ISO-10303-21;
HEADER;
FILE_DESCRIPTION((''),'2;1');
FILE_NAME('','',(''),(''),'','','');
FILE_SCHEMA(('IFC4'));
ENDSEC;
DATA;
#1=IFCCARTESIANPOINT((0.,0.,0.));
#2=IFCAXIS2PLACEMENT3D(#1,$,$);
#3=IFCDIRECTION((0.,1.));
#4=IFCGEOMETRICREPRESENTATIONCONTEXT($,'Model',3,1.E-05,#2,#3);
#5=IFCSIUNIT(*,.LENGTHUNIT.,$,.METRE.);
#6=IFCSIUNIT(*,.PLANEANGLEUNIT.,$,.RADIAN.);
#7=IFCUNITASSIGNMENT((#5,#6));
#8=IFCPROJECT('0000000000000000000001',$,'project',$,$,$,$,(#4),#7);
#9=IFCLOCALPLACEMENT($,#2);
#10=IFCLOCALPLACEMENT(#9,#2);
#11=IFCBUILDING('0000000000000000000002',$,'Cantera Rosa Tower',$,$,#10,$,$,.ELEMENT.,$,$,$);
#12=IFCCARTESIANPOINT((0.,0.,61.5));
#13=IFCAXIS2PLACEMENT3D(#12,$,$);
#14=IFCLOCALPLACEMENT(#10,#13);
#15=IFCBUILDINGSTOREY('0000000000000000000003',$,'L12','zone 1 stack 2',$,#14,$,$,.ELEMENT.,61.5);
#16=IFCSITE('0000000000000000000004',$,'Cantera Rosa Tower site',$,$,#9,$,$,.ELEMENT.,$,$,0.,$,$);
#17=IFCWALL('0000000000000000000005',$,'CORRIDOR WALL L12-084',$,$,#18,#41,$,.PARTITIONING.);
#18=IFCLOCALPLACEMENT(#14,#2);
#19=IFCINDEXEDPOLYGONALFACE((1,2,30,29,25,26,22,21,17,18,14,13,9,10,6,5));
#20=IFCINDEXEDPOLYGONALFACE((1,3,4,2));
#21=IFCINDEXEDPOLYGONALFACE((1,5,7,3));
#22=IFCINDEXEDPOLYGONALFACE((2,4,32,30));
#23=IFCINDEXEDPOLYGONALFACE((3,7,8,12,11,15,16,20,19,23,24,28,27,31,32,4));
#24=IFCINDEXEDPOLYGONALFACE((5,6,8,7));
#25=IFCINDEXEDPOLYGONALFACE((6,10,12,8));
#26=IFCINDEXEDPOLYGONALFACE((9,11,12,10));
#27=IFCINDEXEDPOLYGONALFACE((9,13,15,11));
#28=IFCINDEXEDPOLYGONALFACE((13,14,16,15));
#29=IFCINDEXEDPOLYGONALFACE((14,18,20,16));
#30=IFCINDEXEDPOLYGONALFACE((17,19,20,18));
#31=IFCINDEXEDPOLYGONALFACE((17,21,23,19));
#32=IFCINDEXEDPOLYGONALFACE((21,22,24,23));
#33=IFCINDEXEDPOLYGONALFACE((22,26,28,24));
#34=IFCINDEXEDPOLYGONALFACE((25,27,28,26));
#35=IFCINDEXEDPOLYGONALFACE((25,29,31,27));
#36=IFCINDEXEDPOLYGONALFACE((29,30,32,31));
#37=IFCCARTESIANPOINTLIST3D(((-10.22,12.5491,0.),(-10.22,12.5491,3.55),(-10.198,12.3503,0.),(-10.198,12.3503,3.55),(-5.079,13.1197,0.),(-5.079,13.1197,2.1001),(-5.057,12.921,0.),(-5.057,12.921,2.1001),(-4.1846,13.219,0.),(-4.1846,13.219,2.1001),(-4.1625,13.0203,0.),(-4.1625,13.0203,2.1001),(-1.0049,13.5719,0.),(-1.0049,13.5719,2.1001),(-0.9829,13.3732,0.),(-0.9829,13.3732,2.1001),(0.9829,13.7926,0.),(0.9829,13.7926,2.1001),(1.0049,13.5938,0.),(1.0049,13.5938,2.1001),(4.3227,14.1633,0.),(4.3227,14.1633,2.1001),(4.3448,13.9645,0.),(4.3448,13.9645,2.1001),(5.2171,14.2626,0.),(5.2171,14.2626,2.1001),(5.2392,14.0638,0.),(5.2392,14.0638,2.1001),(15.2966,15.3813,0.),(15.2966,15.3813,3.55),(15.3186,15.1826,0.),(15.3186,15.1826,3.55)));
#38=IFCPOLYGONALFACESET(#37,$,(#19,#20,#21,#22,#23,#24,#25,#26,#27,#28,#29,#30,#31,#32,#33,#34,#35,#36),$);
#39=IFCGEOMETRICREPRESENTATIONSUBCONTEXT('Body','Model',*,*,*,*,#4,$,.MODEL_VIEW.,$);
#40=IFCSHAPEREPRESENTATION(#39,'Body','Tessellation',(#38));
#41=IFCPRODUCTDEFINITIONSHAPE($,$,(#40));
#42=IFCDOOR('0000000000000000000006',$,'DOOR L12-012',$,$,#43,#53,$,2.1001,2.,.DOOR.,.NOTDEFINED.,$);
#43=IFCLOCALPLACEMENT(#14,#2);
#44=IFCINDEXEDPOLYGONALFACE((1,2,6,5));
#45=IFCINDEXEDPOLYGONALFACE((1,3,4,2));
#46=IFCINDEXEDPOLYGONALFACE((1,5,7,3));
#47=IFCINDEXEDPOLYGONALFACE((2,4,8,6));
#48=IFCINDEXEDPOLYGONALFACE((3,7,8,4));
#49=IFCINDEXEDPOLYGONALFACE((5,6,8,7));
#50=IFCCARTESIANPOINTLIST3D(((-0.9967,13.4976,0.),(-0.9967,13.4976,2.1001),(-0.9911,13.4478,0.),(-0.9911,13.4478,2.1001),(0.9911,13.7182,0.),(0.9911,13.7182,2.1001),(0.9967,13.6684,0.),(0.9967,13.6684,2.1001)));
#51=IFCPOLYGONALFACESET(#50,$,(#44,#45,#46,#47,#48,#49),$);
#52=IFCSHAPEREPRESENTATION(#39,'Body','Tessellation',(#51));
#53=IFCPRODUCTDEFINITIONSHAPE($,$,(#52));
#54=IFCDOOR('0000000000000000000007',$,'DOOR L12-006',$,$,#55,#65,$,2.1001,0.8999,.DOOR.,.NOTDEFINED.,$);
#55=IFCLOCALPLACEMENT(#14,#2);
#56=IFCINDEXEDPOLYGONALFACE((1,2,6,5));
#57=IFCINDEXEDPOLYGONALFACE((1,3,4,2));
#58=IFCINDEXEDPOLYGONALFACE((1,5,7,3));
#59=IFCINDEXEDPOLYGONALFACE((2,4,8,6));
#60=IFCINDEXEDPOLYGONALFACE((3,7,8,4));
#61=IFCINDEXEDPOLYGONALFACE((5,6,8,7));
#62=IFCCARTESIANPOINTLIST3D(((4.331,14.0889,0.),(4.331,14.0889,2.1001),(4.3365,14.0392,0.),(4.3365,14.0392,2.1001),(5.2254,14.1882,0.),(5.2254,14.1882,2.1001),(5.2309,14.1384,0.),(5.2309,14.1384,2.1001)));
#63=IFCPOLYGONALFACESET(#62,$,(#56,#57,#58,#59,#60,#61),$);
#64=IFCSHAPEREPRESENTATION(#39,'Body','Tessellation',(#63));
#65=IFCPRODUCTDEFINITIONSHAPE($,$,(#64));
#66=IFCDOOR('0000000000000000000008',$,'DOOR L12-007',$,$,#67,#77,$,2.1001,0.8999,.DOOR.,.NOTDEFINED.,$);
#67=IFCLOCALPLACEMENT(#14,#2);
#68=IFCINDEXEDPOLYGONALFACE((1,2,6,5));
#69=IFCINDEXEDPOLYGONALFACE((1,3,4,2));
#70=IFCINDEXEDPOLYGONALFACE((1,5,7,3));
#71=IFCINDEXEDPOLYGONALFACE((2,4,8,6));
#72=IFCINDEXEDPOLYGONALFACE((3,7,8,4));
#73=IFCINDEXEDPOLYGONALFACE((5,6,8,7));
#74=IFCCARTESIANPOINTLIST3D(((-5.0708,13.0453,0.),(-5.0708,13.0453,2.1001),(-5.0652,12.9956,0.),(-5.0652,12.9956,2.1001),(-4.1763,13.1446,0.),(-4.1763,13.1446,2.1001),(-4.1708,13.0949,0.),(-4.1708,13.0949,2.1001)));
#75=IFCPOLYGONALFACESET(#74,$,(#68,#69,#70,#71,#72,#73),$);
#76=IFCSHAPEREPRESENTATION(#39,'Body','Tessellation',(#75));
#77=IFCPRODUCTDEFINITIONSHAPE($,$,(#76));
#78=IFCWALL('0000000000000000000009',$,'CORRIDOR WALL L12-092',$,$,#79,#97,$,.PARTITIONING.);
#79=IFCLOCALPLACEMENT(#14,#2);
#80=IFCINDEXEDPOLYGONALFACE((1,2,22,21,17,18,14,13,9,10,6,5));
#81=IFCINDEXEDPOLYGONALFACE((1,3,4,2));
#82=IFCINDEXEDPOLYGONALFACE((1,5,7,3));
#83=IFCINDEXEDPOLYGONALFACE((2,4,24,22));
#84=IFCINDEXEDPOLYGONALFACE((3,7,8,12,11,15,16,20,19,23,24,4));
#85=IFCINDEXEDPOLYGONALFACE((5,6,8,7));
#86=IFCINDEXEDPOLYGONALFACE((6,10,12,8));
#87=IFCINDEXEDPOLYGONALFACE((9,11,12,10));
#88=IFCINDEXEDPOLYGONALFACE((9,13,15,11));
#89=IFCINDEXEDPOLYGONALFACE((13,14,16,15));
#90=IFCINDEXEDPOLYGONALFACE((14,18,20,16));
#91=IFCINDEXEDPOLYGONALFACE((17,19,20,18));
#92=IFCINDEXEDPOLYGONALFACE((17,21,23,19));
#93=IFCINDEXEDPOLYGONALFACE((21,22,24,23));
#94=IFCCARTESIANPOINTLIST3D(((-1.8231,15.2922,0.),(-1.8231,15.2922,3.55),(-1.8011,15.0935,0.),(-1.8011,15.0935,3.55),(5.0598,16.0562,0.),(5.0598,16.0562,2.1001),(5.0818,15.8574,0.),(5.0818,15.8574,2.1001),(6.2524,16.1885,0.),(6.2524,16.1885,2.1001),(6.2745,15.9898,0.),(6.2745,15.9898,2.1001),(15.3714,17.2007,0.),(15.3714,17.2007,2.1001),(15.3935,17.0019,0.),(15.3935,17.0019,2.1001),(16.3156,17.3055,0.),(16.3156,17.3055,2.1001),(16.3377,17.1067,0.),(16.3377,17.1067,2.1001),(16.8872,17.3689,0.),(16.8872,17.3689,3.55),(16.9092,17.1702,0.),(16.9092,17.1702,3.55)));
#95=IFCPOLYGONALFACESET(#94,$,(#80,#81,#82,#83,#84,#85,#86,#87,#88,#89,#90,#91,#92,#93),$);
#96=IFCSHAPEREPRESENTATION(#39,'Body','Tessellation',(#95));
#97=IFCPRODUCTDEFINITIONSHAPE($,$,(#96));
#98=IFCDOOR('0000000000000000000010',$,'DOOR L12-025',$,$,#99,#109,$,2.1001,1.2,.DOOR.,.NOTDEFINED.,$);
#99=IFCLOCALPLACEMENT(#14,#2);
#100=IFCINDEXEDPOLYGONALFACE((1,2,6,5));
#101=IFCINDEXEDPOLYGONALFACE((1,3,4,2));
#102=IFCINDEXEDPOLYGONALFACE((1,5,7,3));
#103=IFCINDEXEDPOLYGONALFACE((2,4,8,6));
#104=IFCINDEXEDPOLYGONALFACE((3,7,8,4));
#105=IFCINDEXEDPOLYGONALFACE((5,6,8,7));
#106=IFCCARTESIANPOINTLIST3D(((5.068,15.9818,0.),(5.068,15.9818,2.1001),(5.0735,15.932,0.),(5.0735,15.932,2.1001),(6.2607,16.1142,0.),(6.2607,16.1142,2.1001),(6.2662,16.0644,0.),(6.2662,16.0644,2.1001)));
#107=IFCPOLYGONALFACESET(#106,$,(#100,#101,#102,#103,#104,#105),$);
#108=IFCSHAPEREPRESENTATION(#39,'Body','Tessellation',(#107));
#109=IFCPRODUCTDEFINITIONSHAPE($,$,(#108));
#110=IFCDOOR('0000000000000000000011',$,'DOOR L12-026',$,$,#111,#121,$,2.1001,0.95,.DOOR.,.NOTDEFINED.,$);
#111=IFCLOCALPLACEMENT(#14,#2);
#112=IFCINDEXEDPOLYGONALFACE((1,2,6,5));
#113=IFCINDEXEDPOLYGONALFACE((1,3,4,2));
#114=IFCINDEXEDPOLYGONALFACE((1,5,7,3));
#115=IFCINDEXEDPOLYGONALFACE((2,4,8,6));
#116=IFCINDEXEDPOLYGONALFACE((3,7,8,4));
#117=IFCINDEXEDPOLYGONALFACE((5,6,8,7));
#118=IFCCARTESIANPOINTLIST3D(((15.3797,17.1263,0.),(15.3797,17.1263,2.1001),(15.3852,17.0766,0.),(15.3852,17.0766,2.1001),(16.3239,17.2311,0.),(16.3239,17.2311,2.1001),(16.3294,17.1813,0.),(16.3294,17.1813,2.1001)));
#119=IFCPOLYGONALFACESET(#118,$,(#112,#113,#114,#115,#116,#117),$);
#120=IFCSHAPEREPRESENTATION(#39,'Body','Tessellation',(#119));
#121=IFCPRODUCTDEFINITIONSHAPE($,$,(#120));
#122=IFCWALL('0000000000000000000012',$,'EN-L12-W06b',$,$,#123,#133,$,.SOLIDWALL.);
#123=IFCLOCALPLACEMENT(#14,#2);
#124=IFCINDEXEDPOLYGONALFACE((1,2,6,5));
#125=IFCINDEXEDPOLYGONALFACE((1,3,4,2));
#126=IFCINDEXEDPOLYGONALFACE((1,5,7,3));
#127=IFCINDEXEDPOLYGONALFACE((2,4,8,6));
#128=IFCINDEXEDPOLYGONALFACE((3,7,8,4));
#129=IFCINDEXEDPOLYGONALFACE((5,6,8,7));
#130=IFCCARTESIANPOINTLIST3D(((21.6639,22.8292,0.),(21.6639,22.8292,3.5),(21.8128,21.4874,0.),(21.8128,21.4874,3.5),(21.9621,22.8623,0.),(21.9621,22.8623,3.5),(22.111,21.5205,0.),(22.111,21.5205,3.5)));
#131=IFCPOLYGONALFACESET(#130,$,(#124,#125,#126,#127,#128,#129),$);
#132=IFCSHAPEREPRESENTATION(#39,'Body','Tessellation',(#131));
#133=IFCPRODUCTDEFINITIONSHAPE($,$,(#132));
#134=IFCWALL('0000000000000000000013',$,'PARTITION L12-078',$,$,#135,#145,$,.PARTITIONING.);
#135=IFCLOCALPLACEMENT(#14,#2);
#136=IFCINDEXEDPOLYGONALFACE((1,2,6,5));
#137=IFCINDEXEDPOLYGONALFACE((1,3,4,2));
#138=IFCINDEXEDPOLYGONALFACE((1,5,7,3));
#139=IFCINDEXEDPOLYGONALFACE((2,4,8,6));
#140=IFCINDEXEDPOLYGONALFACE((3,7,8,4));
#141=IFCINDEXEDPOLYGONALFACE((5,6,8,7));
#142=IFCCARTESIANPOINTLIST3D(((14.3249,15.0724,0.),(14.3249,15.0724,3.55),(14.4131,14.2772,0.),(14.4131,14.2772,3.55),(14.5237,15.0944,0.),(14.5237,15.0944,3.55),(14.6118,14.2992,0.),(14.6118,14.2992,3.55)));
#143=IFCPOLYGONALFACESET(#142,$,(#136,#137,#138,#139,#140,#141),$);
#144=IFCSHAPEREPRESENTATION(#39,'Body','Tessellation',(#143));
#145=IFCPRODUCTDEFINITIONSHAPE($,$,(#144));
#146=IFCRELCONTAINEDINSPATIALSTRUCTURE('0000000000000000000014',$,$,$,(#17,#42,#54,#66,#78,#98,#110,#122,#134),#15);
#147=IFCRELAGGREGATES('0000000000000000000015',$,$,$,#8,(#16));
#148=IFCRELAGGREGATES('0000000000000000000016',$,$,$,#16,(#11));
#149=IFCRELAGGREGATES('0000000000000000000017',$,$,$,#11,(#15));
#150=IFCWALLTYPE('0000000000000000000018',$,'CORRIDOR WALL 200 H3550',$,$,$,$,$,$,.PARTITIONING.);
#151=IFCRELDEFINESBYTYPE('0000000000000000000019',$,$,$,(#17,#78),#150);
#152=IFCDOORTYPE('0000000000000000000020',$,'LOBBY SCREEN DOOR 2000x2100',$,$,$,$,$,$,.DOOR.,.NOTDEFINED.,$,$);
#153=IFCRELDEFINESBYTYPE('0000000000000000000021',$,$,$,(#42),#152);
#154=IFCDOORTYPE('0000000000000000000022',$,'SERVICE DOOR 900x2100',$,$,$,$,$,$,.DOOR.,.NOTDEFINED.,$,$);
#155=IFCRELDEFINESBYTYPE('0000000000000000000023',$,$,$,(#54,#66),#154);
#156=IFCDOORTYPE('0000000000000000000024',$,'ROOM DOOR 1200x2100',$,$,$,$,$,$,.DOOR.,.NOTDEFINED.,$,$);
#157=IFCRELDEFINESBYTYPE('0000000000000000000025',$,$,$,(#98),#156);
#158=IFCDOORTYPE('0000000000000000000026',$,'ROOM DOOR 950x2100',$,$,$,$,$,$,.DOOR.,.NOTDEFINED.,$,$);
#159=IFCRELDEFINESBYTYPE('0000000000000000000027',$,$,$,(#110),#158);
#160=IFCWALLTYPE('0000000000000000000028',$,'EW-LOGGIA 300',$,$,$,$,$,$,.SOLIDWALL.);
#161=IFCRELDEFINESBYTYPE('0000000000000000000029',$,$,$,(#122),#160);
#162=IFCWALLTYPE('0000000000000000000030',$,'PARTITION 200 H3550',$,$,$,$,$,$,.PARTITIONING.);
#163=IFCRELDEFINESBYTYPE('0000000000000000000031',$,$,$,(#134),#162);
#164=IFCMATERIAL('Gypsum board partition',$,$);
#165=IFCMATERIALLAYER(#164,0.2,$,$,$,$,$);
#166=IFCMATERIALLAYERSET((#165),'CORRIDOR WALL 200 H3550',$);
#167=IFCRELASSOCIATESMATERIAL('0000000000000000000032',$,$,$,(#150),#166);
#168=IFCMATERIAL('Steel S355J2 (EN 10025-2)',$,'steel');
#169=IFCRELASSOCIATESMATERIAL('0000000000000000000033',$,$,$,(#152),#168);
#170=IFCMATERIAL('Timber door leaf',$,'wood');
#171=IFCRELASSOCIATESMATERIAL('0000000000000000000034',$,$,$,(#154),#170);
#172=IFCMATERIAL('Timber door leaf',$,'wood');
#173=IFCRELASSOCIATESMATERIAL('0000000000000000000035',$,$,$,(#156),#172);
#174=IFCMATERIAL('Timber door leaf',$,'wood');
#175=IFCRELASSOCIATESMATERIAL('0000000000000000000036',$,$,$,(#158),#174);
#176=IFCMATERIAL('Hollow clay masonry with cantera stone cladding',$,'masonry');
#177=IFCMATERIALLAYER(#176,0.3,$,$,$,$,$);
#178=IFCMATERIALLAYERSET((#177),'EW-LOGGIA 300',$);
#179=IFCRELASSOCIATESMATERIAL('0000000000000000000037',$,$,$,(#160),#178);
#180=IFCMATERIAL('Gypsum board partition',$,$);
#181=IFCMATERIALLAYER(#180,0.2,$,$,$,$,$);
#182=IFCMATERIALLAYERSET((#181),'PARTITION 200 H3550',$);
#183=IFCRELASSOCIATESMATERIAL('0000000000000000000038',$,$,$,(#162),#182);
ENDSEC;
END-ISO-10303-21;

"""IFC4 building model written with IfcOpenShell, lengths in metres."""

from ifc_helpers import new_model, si_unit, direction, frame, frame_2d, origin, place, context, subcontext, project, spatial, rectangle, extrude, material, layer, layer_set, type_object, element, fill, save


model = new_model("IFC4")

# Units and contexts
model_context = context("Model", 3, precision=1e-05, world=origin(), true_north=direction((0.0, 1.0)))
body_context = subcontext(model_context, "Body", "Model", "MODEL_VIEW")
ifc_project = project(units=[si_unit("LENGTHUNIT", "METRE"), si_unit("PLANEANGLEUNIT", "RADIAN")], contexts=[model_context])

# Site, building, storey
site_placement = place(None, origin())
site = spatial("IfcSite", under=ifc_project, at=site_placement, Name="Cantera Rosa Tower site", CompositionType="ELEMENT", RefElevation=0.0)
building_placement = place(site_placement, origin())
building = spatial("IfcBuilding", under=site, at=building_placement, Name="Cantera Rosa Tower", CompositionType="ELEMENT")
storey_placement = place(building_placement, frame((0.0, 0.0, 61.5)))
storey = spatial("IfcBuildingStorey", under=building, at=storey_placement, Name="L12", Description="zone 1 stack 2", CompositionType="ELEMENT", Elevation=61.5)

# Walls, openings, doors
ifc_material_1 = material(Name="Gypsum board partition")
ifc_layer_1 = layer(ifc_material_1, 0.2)
ifc_layer_set_1 = layer_set([ifc_layer_1], Name="CORRIDOR WALL 200 H3550")
wall_type_1 = type_object("IfcWallType", Name="CORRIDOR WALL 200 H3550", PredefinedType="PARTITIONING", material=ifc_layer_set_1)
wall_1_placement = place(storey_placement, frame((15.3076, 15.282, 0.0), z_axis=(0.0, 0.0, 1.0), x_axis=(-0.993896, -0.11032, 0.0)))
wall_1 = element("IfcWall", 1, at=wall_1_placement, inside=storey, type_object=wall_type_1, Name="CORRIDOR WALL L12-084", PredefinedType="PARTITIONING", context=body_context, shape_type="SweptSolid", body=[
    extrude(rectangle(XDim=25.6733, YDim=0.2, at=frame_2d((12.8367, 0.0))), origin(), (0.0, 0.0, 1.0), 3.55),
])
opening_1_placement = place(wall_1_placement, frame((10.1414, 0.0, 0.0)))
opening_1 = element("IfcOpeningElement", 2, at=opening_1_placement, cuts=wall_1, PredefinedType="OPENING", context=body_context, shape_type="SweptSolid", body=[
    extrude(rectangle(XDim=0.8999, YDim=2.1001, at=frame_2d((0.45, 1.05))), frame((0.0, 0.1099, 0.0), z_axis=(0.0, -1.0, 0.0), x_axis=(1.0, 0.0, 0.0)), (0.0, 0.0, 1.0), 0.22),
])
opening_2_placement = place(wall_1_placement, frame((19.6008, 0.0, 0.0)))
opening_2 = element("IfcOpeningElement", 3, at=opening_2_placement, cuts=wall_1, PredefinedType="OPENING", context=body_context, shape_type="SweptSolid", body=[
    extrude(rectangle(XDim=0.8999, YDim=2.1001, at=frame_2d((0.45, 1.05))), frame((0.0, 0.1099, 0.0), z_axis=(0.0, -1.0, 0.0), x_axis=(1.0, 0.0, 0.0)), (0.0, 0.0, 1.0), 0.22),
])
opening_3_placement = place(wall_1_placement, frame((14.4016, 0.0, 0.0)))
opening_3 = element("IfcOpeningElement", 4, at=opening_3_placement, cuts=wall_1, PredefinedType="OPENING", context=body_context, shape_type="SweptSolid", body=[
    extrude(rectangle(XDim=2.0, YDim=2.1001, at=frame_2d((1.0, 1.05))), frame((0.0, 0.1099, 0.0), z_axis=(0.0, -1.0, 0.0), x_axis=(1.0, 0.0, 0.0)), (0.0, 0.0, 1.0), 0.22),
])
ifc_material_2 = material(Name="Steel S355J2 (EN 10025-2)", Category="steel")
door_type_1 = type_object("IfcDoorType", Name="LOBBY SCREEN DOOR 2000x2100", OperationType="NOTDEFINED", PredefinedType="DOOR", material=ifc_material_2)
door_1_placement = place(opening_3_placement, origin())
door_1 = element("IfcDoor", 5, at=door_1_placement, inside=storey, type_object=door_type_1, Name="DOOR L12-012", OperationType="NOTDEFINED", OverallHeight=2.1001, OverallWidth=2.0, PredefinedType="DOOR", context=body_context, shape_type="SweptSolid", body=[
    extrude(rectangle(XDim=2.0, YDim=2.1001, at=frame_2d((1.0, 1.05))), frame((0.0, 0.0249, 0.0), z_axis=(0.0, -1.0, 0.0), x_axis=(1.0, 0.0, 0.0)), (0.0, 0.0, 1.0), 0.05),
])
fill(opening_3, door_1)
ifc_material_3 = material(Name="Timber door leaf", Category="wood")
door_type_2 = type_object("IfcDoorType", Name="SERVICE DOOR 900x2100", OperationType="NOTDEFINED", PredefinedType="DOOR", material=ifc_material_3)
door_2_placement = place(opening_1_placement, origin())
door_2 = element("IfcDoor", 6, at=door_2_placement, inside=storey, type_object=door_type_2, Name="DOOR L12-006", OperationType="NOTDEFINED", OverallHeight=2.1001, OverallWidth=0.8999, PredefinedType="DOOR", context=body_context, shape_type="SweptSolid", body=[
    extrude(rectangle(XDim=0.8999, YDim=2.1001, at=frame_2d((0.45, 1.05))), frame((0.0, 0.0249, 0.0), z_axis=(0.0, -1.0, 0.0), x_axis=(1.0, 0.0, 0.0)), (0.0, 0.0, 1.0), 0.05),
])
fill(opening_1, door_2)
door_3_placement = place(opening_2_placement, origin())
door_3 = element("IfcDoor", 7, at=door_3_placement, inside=storey, type_object=door_type_2, Name="DOOR L12-007", OperationType="NOTDEFINED", OverallHeight=2.1001, OverallWidth=0.8999, PredefinedType="DOOR", context=body_context, shape_type="SweptSolid", body=[
    extrude(rectangle(XDim=0.8999, YDim=2.1001, at=frame_2d((0.45, 1.05))), frame((0.0, 0.0249, 0.0), z_axis=(0.0, -1.0, 0.0), x_axis=(1.0, 0.0, 0.0)), (0.0, 0.0, 1.0), 0.05),
])
fill(opening_2, door_3)
wall_2_placement = place(storey_placement, frame((16.8982, 17.2695, 0.0), z_axis=(0.0, 0.0, 1.0), x_axis=(-0.993897, -0.110313, 0.0)))
wall_2 = element("IfcWall", 8, at=wall_2_placement, inside=storey, type_object=wall_type_1, Name="CORRIDOR WALL L12-092", PredefinedType="PARTITIONING", context=body_context, shape_type="SweptSolid", body=[
    extrude(rectangle(XDim=18.8252, YDim=0.2, at=frame_2d((9.4126, 0.0))), origin(), (0.0, 0.0, 1.0), 3.55),
])
opening_4_placement = place(wall_2_placement, frame((10.7, 0.0, 0.0)))
opening_4 = element("IfcOpeningElement", 9, at=opening_4_placement, cuts=wall_2, PredefinedType="OPENING", context=body_context, shape_type="SweptSolid", body=[
    extrude(rectangle(XDim=1.2, YDim=2.1001, at=frame_2d((0.6001, 1.05))), frame((0.0, 0.1099, 0.0), z_axis=(0.0, -1.0, 0.0), x_axis=(1.0, 0.0, 0.0)), (0.0, 0.0, 1.0), 0.22),
])
opening_5_placement = place(wall_2_placement, frame((0.575, 0.0, 0.0)))
opening_5 = element("IfcOpeningElement", 10, at=opening_5_placement, cuts=wall_2, PredefinedType="OPENING", context=body_context, shape_type="SweptSolid", body=[
    extrude(rectangle(XDim=0.95, YDim=2.1001, at=frame_2d((0.4751, 1.05))), frame((0.0, 0.1099, 0.0), z_axis=(0.0, -1.0, 0.0), x_axis=(1.0, 0.0, 0.0)), (0.0, 0.0, 1.0), 0.22),
])
ifc_material_4 = material(Name="Timber door leaf", Category="wood")
door_type_3 = type_object("IfcDoorType", Name="ROOM DOOR 1200x2100", OperationType="NOTDEFINED", PredefinedType="DOOR", material=ifc_material_4)
door_4_placement = place(opening_4_placement, origin())
door_4 = element("IfcDoor", 11, at=door_4_placement, inside=storey, type_object=door_type_3, Name="DOOR L12-025", OperationType="NOTDEFINED", OverallHeight=2.1001, OverallWidth=1.2, PredefinedType="DOOR", context=body_context, shape_type="SweptSolid", body=[
    extrude(rectangle(XDim=1.2, YDim=2.1001, at=frame_2d((0.6001, 1.05))), frame((0.0, 0.0249, 0.0), z_axis=(0.0, -1.0, 0.0), x_axis=(1.0, 0.0, 0.0)), (0.0, 0.0, 1.0), 0.05),
])
fill(opening_4, door_4)
ifc_material_5 = material(Name="Timber door leaf", Category="wood")
door_type_4 = type_object("IfcDoorType", Name="ROOM DOOR 950x2100", OperationType="NOTDEFINED", PredefinedType="DOOR", material=ifc_material_5)
door_5_placement = place(opening_5_placement, origin())
door_5 = element("IfcDoor", 12, at=door_5_placement, inside=storey, type_object=door_type_4, Name="DOOR L12-026", OperationType="NOTDEFINED", OverallHeight=2.1001, OverallWidth=0.95, PredefinedType="DOOR", context=body_context, shape_type="SweptSolid", body=[
    extrude(rectangle(XDim=0.95, YDim=2.1001, at=frame_2d((0.4751, 1.05))), frame((0.0, 0.0249, 0.0), z_axis=(0.0, -1.0, 0.0), x_axis=(1.0, 0.0, 0.0)), (0.0, 0.0, 1.0), 0.05),
])
fill(opening_5, door_5)

# Wall
ifc_material_6 = material(Name="Hollow clay masonry with cantera stone cladding", Category="masonry")
ifc_layer_2 = layer(ifc_material_6, 0.3)
ifc_layer_set_2 = layer_set([ifc_layer_2], Name="EW-LOGGIA 300")
wall_type_2 = type_object("IfcWallType", Name="EW-LOGGIA 300", PredefinedType="SOLIDWALL", material=ifc_layer_set_2)
wall_3_placement = place(storey_placement, frame((21.9619, 21.5039, 0.0), z_axis=(0.0, 0.0, 1.0), x_axis=(-0.110312, 0.993897, 0.0)))
element("IfcWall", 13, at=wall_3_placement, inside=storey, type_object=wall_type_2, Name="EN-L12-W06b", PredefinedType="SOLIDWALL", context=body_context, shape_type="SweptSolid", body=[
    extrude(rectangle(XDim=1.3501, YDim=0.3, at=frame_2d((0.675, 0.0))), origin(), (0.0, 0.0, 1.0), 3.5),
])

# Wall
ifc_material_7 = material(Name="Gypsum board partition")
ifc_layer_3 = layer(ifc_material_7, 0.2)
ifc_layer_set_3 = layer_set([ifc_layer_3], Name="PARTITION 200 H3550")
wall_type_3 = type_object("IfcWallType", Name="PARTITION 200 H3550", PredefinedType="PARTITIONING", material=ifc_layer_set_3)
wall_4_placement = place(storey_placement, frame((14.4243, 15.0833, 0.0), z_axis=(0.0, 0.0, 1.0), x_axis=(0.110164, -0.993913, 0.0)))
element("IfcWall", 14, at=wall_4_placement, inside=storey, type_object=wall_type_3, Name="PARTITION L12-078", PredefinedType="PARTITIONING", context=body_context, shape_type="SweptSolid", body=[
    extrude(rectangle(XDim=0.8, YDim=0.2, at=frame_2d((0.3999, 0.0))), origin(), (0.0, 0.0, 1.0), 3.55),
])

save(model, "model.ifc")
